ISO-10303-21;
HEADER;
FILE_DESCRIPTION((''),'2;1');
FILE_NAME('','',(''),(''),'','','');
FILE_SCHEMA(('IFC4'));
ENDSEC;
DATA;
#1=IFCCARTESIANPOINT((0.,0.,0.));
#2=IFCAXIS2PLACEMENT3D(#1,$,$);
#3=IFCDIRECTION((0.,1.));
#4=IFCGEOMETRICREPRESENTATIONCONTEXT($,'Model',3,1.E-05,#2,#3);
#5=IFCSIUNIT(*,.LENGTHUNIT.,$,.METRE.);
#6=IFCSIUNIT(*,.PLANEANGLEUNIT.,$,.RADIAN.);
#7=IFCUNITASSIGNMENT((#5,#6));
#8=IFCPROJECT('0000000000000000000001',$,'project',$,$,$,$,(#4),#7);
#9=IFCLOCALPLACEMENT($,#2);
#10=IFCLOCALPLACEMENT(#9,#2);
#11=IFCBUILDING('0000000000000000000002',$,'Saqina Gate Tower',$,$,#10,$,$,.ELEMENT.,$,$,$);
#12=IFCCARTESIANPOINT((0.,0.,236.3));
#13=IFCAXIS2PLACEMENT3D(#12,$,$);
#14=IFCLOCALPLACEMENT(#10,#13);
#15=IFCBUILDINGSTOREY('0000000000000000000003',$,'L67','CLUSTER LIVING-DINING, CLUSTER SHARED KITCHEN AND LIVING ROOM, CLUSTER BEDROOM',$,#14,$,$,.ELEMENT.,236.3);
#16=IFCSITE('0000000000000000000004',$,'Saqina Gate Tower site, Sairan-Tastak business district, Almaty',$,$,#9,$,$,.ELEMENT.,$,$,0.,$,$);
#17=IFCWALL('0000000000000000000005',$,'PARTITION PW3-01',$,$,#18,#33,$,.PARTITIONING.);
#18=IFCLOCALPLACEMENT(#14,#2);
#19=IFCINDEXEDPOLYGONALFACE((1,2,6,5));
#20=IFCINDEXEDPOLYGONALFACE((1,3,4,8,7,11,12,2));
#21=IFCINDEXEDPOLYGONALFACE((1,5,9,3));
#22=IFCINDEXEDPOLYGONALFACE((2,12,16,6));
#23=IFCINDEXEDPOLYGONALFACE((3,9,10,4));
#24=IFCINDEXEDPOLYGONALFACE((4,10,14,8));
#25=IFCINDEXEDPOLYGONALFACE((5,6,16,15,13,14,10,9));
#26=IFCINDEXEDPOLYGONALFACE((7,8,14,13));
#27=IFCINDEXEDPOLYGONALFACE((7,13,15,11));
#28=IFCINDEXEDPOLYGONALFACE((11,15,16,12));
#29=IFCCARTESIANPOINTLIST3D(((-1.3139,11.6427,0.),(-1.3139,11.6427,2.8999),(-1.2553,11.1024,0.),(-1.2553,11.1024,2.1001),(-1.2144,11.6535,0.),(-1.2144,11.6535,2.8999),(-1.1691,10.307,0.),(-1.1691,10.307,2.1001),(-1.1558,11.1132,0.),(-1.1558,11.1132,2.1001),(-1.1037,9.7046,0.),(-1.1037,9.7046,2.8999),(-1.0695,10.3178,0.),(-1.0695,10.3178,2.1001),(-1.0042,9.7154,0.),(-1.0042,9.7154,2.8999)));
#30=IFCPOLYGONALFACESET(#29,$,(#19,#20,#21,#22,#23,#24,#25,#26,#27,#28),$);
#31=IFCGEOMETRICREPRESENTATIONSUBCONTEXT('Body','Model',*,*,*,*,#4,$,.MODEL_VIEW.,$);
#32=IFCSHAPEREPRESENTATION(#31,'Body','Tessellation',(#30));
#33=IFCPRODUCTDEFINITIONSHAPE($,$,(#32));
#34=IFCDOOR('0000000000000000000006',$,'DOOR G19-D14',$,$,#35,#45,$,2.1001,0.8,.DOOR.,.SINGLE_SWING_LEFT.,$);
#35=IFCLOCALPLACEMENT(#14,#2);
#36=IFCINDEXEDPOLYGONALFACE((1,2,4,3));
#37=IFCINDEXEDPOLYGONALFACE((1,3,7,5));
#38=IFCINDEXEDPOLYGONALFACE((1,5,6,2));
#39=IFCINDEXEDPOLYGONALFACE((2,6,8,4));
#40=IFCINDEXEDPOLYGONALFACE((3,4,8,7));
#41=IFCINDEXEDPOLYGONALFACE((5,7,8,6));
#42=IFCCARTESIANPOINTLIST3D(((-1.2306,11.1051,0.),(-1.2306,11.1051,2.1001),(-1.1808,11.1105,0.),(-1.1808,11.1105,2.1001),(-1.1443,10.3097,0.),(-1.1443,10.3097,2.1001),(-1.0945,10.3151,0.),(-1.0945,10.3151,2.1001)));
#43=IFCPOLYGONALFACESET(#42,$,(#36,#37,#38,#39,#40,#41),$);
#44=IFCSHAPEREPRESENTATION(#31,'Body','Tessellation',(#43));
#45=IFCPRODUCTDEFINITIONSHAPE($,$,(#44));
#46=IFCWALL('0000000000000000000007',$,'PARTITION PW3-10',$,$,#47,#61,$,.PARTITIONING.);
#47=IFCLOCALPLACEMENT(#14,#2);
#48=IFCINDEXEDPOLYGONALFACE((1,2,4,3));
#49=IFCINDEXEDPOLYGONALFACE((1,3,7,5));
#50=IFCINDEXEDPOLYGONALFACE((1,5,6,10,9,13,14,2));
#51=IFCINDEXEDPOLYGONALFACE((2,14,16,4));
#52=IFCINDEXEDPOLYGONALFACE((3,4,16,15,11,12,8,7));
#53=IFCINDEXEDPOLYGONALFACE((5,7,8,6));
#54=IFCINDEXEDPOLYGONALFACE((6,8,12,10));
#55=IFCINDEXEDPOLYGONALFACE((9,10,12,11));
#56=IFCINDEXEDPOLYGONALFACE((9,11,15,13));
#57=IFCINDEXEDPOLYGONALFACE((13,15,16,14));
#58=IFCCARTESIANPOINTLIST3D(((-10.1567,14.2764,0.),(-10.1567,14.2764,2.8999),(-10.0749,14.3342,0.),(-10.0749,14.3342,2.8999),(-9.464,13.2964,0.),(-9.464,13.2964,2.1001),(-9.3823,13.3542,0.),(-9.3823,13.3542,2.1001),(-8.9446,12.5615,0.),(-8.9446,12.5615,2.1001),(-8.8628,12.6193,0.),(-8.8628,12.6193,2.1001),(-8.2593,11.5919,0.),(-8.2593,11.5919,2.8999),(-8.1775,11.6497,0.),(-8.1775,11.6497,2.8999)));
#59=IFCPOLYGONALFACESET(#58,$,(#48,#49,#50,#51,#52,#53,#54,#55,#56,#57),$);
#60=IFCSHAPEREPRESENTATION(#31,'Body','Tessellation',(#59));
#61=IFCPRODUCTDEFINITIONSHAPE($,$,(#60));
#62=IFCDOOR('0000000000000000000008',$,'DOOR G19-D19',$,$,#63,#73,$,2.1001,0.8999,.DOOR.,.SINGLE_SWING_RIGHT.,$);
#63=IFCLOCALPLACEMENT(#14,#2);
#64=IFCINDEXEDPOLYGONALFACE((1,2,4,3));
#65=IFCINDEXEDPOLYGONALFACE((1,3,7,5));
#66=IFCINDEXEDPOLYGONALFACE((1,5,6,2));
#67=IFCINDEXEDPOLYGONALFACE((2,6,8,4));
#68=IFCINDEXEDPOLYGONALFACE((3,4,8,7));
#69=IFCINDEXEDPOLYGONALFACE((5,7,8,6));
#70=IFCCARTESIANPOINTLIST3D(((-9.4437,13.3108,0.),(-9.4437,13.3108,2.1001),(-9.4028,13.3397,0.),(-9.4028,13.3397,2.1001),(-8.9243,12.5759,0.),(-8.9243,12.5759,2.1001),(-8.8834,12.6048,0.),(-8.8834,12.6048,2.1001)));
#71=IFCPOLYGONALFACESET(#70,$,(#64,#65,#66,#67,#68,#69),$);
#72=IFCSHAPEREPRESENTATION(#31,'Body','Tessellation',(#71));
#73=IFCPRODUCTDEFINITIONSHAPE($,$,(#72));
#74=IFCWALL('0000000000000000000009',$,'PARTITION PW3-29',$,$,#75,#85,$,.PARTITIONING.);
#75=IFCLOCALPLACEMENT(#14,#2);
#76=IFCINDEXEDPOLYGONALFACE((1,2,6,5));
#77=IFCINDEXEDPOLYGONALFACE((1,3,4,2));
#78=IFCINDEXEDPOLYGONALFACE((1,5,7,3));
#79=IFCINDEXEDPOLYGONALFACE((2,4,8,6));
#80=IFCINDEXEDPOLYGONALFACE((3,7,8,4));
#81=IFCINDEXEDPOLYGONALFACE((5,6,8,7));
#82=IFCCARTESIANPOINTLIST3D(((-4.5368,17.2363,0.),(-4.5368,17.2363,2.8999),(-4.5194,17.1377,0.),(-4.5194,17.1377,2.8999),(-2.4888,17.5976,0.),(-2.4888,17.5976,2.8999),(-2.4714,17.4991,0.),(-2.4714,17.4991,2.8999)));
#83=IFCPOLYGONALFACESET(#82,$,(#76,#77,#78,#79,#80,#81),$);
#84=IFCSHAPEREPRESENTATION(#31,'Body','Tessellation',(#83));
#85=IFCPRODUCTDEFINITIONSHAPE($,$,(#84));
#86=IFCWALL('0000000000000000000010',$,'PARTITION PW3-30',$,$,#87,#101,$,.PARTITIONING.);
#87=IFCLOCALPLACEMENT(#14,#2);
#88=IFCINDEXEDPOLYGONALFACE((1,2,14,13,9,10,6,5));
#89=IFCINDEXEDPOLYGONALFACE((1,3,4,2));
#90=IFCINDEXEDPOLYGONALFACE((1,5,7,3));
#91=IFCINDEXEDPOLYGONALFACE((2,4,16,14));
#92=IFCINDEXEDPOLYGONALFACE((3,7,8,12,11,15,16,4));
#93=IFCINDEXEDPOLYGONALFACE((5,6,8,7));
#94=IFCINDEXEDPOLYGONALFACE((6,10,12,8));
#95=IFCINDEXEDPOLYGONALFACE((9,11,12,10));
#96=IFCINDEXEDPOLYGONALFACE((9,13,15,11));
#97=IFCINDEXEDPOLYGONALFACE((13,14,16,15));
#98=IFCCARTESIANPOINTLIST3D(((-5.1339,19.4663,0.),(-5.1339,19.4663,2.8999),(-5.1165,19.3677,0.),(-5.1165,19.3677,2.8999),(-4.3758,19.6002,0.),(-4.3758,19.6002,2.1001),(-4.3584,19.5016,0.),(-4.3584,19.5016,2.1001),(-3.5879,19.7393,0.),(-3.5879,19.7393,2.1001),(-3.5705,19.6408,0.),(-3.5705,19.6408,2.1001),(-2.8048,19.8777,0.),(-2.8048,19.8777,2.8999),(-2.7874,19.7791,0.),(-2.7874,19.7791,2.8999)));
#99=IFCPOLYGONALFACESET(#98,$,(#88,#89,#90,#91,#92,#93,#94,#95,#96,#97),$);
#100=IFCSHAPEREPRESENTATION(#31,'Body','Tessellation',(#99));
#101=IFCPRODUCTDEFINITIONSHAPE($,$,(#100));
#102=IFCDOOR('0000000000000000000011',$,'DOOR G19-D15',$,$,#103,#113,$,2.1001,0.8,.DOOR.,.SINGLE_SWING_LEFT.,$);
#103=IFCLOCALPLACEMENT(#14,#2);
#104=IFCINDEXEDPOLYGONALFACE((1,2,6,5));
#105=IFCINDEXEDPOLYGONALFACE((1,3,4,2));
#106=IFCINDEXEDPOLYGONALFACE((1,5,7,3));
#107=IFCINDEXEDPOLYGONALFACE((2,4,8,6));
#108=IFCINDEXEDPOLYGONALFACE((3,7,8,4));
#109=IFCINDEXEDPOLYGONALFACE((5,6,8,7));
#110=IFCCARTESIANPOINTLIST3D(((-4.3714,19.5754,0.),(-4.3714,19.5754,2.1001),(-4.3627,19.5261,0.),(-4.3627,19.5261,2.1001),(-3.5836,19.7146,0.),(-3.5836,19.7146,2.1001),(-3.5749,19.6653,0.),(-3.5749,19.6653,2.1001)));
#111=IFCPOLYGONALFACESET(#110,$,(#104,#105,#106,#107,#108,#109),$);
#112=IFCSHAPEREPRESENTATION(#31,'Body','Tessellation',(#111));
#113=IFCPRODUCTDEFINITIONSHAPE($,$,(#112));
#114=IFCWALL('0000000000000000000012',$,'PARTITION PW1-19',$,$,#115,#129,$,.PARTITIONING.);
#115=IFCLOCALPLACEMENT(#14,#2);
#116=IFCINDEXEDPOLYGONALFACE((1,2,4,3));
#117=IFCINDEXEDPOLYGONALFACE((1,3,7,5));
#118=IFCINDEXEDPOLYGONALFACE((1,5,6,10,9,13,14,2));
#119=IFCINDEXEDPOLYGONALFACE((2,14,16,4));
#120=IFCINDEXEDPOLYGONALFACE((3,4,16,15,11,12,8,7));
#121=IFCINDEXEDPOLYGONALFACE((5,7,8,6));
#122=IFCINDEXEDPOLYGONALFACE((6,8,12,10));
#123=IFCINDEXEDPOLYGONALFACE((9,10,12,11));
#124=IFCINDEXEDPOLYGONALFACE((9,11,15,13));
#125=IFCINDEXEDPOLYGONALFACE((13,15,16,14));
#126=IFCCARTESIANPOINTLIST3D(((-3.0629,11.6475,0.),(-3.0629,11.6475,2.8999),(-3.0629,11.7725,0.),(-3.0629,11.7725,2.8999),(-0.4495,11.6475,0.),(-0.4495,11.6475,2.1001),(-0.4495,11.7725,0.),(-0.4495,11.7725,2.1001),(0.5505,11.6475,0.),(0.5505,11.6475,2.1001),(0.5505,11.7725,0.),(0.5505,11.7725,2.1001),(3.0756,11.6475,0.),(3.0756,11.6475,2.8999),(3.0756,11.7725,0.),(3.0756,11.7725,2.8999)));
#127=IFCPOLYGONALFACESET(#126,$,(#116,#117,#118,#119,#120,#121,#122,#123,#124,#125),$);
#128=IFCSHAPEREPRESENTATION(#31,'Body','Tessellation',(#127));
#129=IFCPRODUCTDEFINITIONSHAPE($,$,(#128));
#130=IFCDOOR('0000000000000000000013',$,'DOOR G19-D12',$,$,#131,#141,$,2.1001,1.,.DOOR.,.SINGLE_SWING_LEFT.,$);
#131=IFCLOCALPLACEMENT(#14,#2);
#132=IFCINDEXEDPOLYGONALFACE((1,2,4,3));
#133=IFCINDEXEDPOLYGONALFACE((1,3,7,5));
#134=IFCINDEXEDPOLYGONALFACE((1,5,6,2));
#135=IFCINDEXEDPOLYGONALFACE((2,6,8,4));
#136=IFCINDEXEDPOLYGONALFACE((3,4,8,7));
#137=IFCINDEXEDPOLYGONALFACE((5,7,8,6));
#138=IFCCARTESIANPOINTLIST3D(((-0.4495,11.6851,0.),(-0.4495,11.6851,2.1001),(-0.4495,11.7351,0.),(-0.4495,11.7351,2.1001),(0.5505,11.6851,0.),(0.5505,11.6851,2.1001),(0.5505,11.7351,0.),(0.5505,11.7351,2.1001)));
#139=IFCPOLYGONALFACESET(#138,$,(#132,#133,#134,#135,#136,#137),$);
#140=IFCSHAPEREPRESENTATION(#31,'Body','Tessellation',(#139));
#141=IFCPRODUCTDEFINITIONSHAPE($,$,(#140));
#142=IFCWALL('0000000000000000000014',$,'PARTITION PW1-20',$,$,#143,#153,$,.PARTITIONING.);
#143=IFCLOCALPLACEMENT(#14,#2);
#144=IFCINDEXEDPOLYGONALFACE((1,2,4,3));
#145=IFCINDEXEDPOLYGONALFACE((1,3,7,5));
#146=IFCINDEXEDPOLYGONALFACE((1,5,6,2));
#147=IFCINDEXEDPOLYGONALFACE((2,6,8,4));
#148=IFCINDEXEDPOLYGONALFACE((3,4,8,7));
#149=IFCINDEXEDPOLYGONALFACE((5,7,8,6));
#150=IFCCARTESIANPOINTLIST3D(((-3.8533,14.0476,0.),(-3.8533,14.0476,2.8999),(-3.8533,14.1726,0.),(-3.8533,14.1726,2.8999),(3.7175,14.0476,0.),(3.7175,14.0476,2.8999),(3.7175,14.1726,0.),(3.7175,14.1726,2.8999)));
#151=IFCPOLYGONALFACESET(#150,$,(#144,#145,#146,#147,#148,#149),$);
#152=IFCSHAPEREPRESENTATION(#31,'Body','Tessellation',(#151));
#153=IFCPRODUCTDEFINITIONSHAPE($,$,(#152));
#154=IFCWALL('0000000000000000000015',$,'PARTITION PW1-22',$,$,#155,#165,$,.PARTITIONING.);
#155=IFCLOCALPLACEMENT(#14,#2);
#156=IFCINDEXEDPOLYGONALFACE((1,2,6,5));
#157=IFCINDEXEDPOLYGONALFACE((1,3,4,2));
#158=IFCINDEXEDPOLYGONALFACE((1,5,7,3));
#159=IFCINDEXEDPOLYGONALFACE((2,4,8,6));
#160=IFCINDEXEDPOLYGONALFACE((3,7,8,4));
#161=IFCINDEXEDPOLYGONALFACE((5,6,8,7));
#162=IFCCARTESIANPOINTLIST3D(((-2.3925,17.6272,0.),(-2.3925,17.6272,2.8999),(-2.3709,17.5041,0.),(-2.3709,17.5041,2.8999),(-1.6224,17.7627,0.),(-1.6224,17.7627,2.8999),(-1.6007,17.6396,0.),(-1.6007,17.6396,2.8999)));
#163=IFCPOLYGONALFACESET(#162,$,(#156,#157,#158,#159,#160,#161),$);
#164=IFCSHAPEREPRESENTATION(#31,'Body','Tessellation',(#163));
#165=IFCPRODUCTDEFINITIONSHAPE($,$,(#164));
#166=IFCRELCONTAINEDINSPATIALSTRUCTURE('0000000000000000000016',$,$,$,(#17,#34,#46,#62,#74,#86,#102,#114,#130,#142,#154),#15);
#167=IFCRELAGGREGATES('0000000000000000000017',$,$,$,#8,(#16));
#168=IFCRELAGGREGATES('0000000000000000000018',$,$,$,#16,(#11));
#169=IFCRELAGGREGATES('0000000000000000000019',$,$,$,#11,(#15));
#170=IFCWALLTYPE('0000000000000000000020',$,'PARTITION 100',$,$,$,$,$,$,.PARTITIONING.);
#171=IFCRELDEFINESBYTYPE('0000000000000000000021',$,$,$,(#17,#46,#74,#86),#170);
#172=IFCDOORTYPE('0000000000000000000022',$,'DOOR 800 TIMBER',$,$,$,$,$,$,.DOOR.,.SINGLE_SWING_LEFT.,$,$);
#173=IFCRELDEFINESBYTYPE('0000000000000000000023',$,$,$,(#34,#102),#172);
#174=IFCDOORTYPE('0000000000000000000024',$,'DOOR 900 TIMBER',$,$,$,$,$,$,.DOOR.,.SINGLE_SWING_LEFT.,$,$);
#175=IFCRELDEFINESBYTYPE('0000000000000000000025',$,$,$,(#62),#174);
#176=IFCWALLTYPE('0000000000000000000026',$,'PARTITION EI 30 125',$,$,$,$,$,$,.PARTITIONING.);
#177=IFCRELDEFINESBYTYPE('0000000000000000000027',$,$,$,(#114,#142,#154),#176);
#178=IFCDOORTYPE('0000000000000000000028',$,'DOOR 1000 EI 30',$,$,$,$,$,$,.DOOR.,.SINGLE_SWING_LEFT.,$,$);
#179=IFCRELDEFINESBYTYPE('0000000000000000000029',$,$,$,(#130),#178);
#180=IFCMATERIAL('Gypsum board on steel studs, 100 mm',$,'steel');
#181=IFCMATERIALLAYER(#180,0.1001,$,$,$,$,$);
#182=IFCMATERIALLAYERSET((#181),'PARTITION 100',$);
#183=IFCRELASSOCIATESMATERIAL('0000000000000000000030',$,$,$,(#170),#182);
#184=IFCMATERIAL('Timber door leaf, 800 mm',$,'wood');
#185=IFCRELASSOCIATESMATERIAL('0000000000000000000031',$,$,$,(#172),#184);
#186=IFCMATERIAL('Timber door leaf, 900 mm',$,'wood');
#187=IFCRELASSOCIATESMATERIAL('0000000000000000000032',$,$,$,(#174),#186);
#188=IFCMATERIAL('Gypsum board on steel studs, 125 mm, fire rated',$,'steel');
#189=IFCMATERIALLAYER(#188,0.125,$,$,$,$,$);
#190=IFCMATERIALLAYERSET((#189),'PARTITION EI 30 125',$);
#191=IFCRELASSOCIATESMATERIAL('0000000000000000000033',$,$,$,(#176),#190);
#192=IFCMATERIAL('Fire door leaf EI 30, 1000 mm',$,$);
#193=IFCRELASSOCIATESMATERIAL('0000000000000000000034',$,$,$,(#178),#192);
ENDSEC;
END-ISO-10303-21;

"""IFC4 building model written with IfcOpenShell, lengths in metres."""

from ifc_helpers import new_model, si_unit, direction, frame, frame_2d, origin, place, context, subcontext, project, spatial, rectangle, extrude, material, layer, layer_set, type_object, element, fill, save


model = new_model("IFC4")

# Units and contexts
model_context = context("Model", 3, precision=1e-05, world=origin(), true_north=direction((0.0, 1.0)))
body_context = subcontext(model_context, "Body", "Model", "MODEL_VIEW")
ifc_project = project(units=[si_unit("LENGTHUNIT", "METRE"), si_unit("PLANEANGLEUNIT", "RADIAN")], contexts=[model_context])

# Site, building, storey
site_placement = place(None, origin())
site = spatial("IfcSite", under=ifc_project, at=site_placement, Name="Saqina Gate Tower site, Sairan-Tastak business district, Almaty", CompositionType="ELEMENT", RefElevation=0.0)
building_placement = place(site_placement, origin())
building = spatial("IfcBuilding", under=site, at=building_placement, Name="Saqina Gate Tower", CompositionType="ELEMENT")
storey_placement = place(building_placement, frame((0.0, 0.0, 236.3)))
storey = spatial("IfcBuildingStorey", under=building, at=storey_placement, Name="L67", Description="CLUSTER LIVING-DINING, CLUSTER SHARED KITCHEN AND LIVING ROOM, CLUSTER BEDROOM", CompositionType="ELEMENT", Elevation=236.3)

# Walls, openings, doors
ifc_material_1 = material(Name="Gypsum board on steel studs, 100 mm", Category="steel")
ifc_layer_1 = layer(ifc_material_1, 0.1001)
ifc_layer_set_1 = layer_set([ifc_layer_1], Name="PARTITION 100")
wall_type_1 = type_object("IfcWallType", Name="PARTITION 100", PredefinedType="PARTITIONING", material=ifc_layer_set_1)
wall_1_placement = place(storey_placement, frame((-1.2642, 11.6479, 0.0), z_axis=(0.0, 0.0, 1.0), x_axis=(0.107833, -0.994169, 0.0)))
wall_1 = element("IfcWall", 1, at=wall_1_placement, inside=storey, type_object=wall_type_1, Name="PARTITION PW3-01", PredefinedType="PARTITIONING", context=body_context, shape_type="SweptSolid", body=[
    extrude(rectangle(XDim=1.9495, YDim=0.1001, at=frame_2d((0.9746, 0.0))), origin(), (0.0, 0.0, 1.0), 2.8999),
])
opening_1_placement = place(wall_1_placement, frame((0.5435, 0.0, 0.0)))
opening_1 = element("IfcOpeningElement", 2, at=opening_1_placement, cuts=wall_1, PredefinedType="OPENING", context=body_context, shape_type="SweptSolid", body=[
    extrude(rectangle(XDim=0.8, YDim=2.1001, at=frame_2d((0.3999, 1.05))), frame((0.0, 0.062, 0.0), z_axis=(0.0, -1.0, 0.0), x_axis=(1.0, 0.0, 0.0)), (0.0, 0.0, 1.0), 0.124),
])
ifc_material_2 = material(Name="Timber door leaf, 800 mm", Category="wood")
door_type_1 = type_object("IfcDoorType", Name="DOOR 800 TIMBER", OperationType="SINGLE_SWING_LEFT", PredefinedType="DOOR", material=ifc_material_2)
door_1_placement = place(opening_1_placement, origin())
door_1 = element("IfcDoor", 3, at=door_1_placement, inside=storey, type_object=door_type_1, Name="DOOR G19-D14", OperationType="SINGLE_SWING_LEFT", OverallHeight=2.1001, OverallWidth=0.8, PredefinedType="DOOR", context=body_context, shape_type="SweptSolid", body=[
    extrude(rectangle(XDim=0.8, YDim=2.1001, at=frame_2d((0.3999, 1.05))), frame((0.0, 0.0249, 0.0), z_axis=(0.0, -1.0, 0.0), x_axis=(1.0, 0.0, 0.0)), (0.0, 0.0, 1.0), 0.05),
])
fill(opening_1, door_1)
wall_2_placement = place(storey_placement, frame((-10.1157, 14.3052, 0.0), z_axis=(0.0, 0.0, 1.0), x_axis=(0.577185, -0.816614, 0.0)))
wall_2 = element("IfcWall", 4, at=wall_2_placement, inside=storey, type_object=wall_type_1, Name="PARTITION PW3-10", PredefinedType="PARTITIONING", context=body_context, shape_type="SweptSolid", body=[
    extrude(rectangle(XDim=3.2874, YDim=0.1001, at=frame_2d((1.6436, 0.0))), origin(), (0.0, 0.0, 1.0), 2.8999),
])
opening_2_placement = place(wall_2_placement, frame((1.2, 0.0, 0.0)))
opening_2 = element("IfcOpeningElement", 5, at=opening_2_placement, cuts=wall_2, PredefinedType="OPENING", context=body_context, shape_type="SweptSolid", body=[
    extrude(rectangle(XDim=0.8999, YDim=2.1001, at=frame_2d((0.45, 1.05))), frame((0.0, 0.062, 0.0), z_axis=(0.0, -1.0, 0.0), x_axis=(1.0, 0.0, 0.0)), (0.0, 0.0, 1.0), 0.124),
])
ifc_material_3 = material(Name="Timber door leaf, 900 mm", Category="wood")
door_type_2 = type_object("IfcDoorType", Name="DOOR 900 TIMBER", OperationType="SINGLE_SWING_LEFT", PredefinedType="DOOR", material=ifc_material_3)
door_2_placement = place(opening_2_placement, origin())
door_2 = element("IfcDoor", 6, at=door_2_placement, inside=storey, type_object=door_type_2, Name="DOOR G19-D19", OperationType="SINGLE_SWING_RIGHT", OverallHeight=2.1001, OverallWidth=0.8999, PredefinedType="DOOR", context=body_context, shape_type="SweptSolid", body=[
    extrude(rectangle(XDim=0.8999, YDim=2.1001, at=frame_2d((0.45, 1.05))), frame((0.0, 0.0249, 0.0), z_axis=(0.0, -1.0, 0.0), x_axis=(1.0, 0.0, 0.0)), (0.0, 0.0, 1.0), 0.05),
])
fill(opening_2, door_2)

# Wall
wall_3_placement = place(storey_placement, frame((-4.5281, 17.187, 0.0), z_axis=(0.0, 0.0, 1.0), x_axis=(0.984788, 0.173759, 0.0)))
element("IfcWall", 7, at=wall_3_placement, inside=storey, type_object=wall_type_1, Name="PARTITION PW3-29", PredefinedType="PARTITIONING", context=body_context, shape_type="SweptSolid", body=[
    extrude(rectangle(XDim=2.0796, YDim=0.1001, at=frame_2d((1.0398, 0.0))), origin(), (0.0, 0.0, 1.0), 2.8999),
])

# Walls, openings, doors
wall_4_placement = place(storey_placement, frame((-5.1252, 19.417, 0.0), z_axis=(0.0, 0.0, 1.0), x_axis=(0.984758, 0.173933, 0.0)))
wall_4 = element("IfcWall", 8, at=wall_4_placement, inside=storey, type_object=wall_type_1, Name="PARTITION PW3-30", PredefinedType="PARTITIONING", context=body_context, shape_type="SweptSolid", body=[
    extrude(rectangle(XDim=2.3652, YDim=0.1001, at=frame_2d((1.1826, 0.0))), origin(), (0.0, 0.0, 1.0), 2.8999),
])
opening_3_placement = place(wall_4_placement, frame((0.77, 0.0, 0.0)))
opening_3 = element("IfcOpeningElement", 9, at=opening_3_placement, cuts=wall_4, PredefinedType="OPENING", context=body_context, shape_type="SweptSolid", body=[
    extrude(rectangle(XDim=0.8, YDim=2.1001, at=frame_2d((0.3999, 1.05))), frame((0.0, 0.062, 0.0), z_axis=(0.0, -1.0, 0.0), x_axis=(1.0, 0.0, 0.0)), (0.0, 0.0, 1.0), 0.124),
])
door_3_placement = place(opening_3_placement, origin())
door_3 = element("IfcDoor", 10, at=door_3_placement, inside=storey, type_object=door_type_1, Name="DOOR G19-D15", OperationType="SINGLE_SWING_LEFT", OverallHeight=2.1001, OverallWidth=0.8, PredefinedType="DOOR", context=body_context, shape_type="SweptSolid", body=[
    extrude(rectangle(XDim=0.8, YDim=2.1001, at=frame_2d((0.3999, 1.05))), frame((0.0, 0.0249, 0.0), z_axis=(0.0, -1.0, 0.0), x_axis=(1.0, 0.0, 0.0)), (0.0, 0.0, 1.0), 0.05),
])
fill(opening_3, door_3)
ifc_material_4 = material(Name="Gypsum board on steel studs, 125 mm, fire rated", Category="steel")
ifc_layer_2 = layer(ifc_material_4, 0.125)
ifc_layer_set_2 = layer_set([ifc_layer_2], Name="PARTITION EI 30 125")
wall_type_2 = type_object("IfcWallType", Name="PARTITION EI 30 125", PredefinedType="PARTITIONING", material=ifc_layer_set_2)
wall_5_placement = place(storey_placement, frame((-3.063, 11.71, 0.0), z_axis=(0.0, 0.0, 1.0), x_axis=(1.0, 0.0, 0.0)))
wall_5 = element("IfcWall", 11, at=wall_5_placement, inside=storey, type_object=wall_type_2, Name="PARTITION PW1-19", PredefinedType="PARTITIONING", context=body_context, shape_type="SweptSolid", body=[
    extrude(rectangle(XDim=6.1384, YDim=0.125, at=frame_2d((3.0693, 0.0))), origin(), (0.0, 0.0, 1.0), 2.8999),
])
opening_4_placement = place(wall_5_placement, frame((2.6135, 0.0, 0.0)))
opening_4 = element("IfcOpeningElement", 12, at=opening_4_placement, cuts=wall_5, PredefinedType="OPENING", context=body_context, shape_type="SweptSolid", body=[
    extrude(rectangle(XDim=1.0, YDim=2.1001, at=frame_2d((0.5, 1.05))), frame((0.0, 0.0745, 0.0), z_axis=(0.0, -1.0, 0.0), x_axis=(1.0, 0.0, 0.0)), (0.0, 0.0, 1.0), 0.1489),
])
ifc_material_5 = material(Name="Fire door leaf EI 30, 1000 mm")
door_type_3 = type_object("IfcDoorType", Name="DOOR 1000 EI 30", OperationType="SINGLE_SWING_LEFT", PredefinedType="DOOR", material=ifc_material_5)
door_4_placement = place(opening_4_placement, frame((1.0, 0.0, 0.0), z_axis=(0.0, 0.0, 1.0), x_axis=(-1.0, 0.0, 0.0)))
door_4 = element("IfcDoor", 13, at=door_4_placement, inside=storey, type_object=door_type_3, Name="DOOR G19-D12", OperationType="SINGLE_SWING_LEFT", OverallHeight=2.1001, OverallWidth=1.0, PredefinedType="DOOR", context=body_context, shape_type="SweptSolid", body=[
    extrude(rectangle(XDim=1.0, YDim=2.1001, at=frame_2d((0.5, 1.05))), frame((0.0, 0.0249, 0.0), z_axis=(0.0, -1.0, 0.0), x_axis=(1.0, 0.0, 0.0)), (0.0, 0.0, 1.0), 0.05),
])
fill(opening_4, door_4)

# Walls
wall_6_placement = place(storey_placement, frame((-3.8533, 14.1101, 0.0), z_axis=(0.0, 0.0, 1.0), x_axis=(1.0, 0.0, 0.0)))
element("IfcWall", 14, at=wall_6_placement, inside=storey, type_object=wall_type_2, Name="PARTITION PW1-20", PredefinedType="PARTITIONING", context=body_context, shape_type="SweptSolid", body=[
    extrude(rectangle(XDim=7.5708, YDim=0.125, at=frame_2d((3.7854, 0.0))), origin(), (0.0, 0.0, 1.0), 2.8999),
])
wall_7_placement = place(storey_placement, frame((-2.3818, 17.5657, 0.0), z_axis=(0.0, 0.0, 1.0), x_axis=(0.984878, 0.173251, 0.0)))
element("IfcWall", 15, at=wall_7_placement, inside=storey, type_object=wall_type_2, Name="PARTITION PW1-22", PredefinedType="PARTITIONING", context=body_context, shape_type="SweptSolid", body=[
    extrude(rectangle(XDim=0.782, YDim=0.125, at=frame_2d((0.3911, 0.0))), origin(), (0.0, 0.0, 1.0), 2.8999),
])

save(model, "model.ifc")
